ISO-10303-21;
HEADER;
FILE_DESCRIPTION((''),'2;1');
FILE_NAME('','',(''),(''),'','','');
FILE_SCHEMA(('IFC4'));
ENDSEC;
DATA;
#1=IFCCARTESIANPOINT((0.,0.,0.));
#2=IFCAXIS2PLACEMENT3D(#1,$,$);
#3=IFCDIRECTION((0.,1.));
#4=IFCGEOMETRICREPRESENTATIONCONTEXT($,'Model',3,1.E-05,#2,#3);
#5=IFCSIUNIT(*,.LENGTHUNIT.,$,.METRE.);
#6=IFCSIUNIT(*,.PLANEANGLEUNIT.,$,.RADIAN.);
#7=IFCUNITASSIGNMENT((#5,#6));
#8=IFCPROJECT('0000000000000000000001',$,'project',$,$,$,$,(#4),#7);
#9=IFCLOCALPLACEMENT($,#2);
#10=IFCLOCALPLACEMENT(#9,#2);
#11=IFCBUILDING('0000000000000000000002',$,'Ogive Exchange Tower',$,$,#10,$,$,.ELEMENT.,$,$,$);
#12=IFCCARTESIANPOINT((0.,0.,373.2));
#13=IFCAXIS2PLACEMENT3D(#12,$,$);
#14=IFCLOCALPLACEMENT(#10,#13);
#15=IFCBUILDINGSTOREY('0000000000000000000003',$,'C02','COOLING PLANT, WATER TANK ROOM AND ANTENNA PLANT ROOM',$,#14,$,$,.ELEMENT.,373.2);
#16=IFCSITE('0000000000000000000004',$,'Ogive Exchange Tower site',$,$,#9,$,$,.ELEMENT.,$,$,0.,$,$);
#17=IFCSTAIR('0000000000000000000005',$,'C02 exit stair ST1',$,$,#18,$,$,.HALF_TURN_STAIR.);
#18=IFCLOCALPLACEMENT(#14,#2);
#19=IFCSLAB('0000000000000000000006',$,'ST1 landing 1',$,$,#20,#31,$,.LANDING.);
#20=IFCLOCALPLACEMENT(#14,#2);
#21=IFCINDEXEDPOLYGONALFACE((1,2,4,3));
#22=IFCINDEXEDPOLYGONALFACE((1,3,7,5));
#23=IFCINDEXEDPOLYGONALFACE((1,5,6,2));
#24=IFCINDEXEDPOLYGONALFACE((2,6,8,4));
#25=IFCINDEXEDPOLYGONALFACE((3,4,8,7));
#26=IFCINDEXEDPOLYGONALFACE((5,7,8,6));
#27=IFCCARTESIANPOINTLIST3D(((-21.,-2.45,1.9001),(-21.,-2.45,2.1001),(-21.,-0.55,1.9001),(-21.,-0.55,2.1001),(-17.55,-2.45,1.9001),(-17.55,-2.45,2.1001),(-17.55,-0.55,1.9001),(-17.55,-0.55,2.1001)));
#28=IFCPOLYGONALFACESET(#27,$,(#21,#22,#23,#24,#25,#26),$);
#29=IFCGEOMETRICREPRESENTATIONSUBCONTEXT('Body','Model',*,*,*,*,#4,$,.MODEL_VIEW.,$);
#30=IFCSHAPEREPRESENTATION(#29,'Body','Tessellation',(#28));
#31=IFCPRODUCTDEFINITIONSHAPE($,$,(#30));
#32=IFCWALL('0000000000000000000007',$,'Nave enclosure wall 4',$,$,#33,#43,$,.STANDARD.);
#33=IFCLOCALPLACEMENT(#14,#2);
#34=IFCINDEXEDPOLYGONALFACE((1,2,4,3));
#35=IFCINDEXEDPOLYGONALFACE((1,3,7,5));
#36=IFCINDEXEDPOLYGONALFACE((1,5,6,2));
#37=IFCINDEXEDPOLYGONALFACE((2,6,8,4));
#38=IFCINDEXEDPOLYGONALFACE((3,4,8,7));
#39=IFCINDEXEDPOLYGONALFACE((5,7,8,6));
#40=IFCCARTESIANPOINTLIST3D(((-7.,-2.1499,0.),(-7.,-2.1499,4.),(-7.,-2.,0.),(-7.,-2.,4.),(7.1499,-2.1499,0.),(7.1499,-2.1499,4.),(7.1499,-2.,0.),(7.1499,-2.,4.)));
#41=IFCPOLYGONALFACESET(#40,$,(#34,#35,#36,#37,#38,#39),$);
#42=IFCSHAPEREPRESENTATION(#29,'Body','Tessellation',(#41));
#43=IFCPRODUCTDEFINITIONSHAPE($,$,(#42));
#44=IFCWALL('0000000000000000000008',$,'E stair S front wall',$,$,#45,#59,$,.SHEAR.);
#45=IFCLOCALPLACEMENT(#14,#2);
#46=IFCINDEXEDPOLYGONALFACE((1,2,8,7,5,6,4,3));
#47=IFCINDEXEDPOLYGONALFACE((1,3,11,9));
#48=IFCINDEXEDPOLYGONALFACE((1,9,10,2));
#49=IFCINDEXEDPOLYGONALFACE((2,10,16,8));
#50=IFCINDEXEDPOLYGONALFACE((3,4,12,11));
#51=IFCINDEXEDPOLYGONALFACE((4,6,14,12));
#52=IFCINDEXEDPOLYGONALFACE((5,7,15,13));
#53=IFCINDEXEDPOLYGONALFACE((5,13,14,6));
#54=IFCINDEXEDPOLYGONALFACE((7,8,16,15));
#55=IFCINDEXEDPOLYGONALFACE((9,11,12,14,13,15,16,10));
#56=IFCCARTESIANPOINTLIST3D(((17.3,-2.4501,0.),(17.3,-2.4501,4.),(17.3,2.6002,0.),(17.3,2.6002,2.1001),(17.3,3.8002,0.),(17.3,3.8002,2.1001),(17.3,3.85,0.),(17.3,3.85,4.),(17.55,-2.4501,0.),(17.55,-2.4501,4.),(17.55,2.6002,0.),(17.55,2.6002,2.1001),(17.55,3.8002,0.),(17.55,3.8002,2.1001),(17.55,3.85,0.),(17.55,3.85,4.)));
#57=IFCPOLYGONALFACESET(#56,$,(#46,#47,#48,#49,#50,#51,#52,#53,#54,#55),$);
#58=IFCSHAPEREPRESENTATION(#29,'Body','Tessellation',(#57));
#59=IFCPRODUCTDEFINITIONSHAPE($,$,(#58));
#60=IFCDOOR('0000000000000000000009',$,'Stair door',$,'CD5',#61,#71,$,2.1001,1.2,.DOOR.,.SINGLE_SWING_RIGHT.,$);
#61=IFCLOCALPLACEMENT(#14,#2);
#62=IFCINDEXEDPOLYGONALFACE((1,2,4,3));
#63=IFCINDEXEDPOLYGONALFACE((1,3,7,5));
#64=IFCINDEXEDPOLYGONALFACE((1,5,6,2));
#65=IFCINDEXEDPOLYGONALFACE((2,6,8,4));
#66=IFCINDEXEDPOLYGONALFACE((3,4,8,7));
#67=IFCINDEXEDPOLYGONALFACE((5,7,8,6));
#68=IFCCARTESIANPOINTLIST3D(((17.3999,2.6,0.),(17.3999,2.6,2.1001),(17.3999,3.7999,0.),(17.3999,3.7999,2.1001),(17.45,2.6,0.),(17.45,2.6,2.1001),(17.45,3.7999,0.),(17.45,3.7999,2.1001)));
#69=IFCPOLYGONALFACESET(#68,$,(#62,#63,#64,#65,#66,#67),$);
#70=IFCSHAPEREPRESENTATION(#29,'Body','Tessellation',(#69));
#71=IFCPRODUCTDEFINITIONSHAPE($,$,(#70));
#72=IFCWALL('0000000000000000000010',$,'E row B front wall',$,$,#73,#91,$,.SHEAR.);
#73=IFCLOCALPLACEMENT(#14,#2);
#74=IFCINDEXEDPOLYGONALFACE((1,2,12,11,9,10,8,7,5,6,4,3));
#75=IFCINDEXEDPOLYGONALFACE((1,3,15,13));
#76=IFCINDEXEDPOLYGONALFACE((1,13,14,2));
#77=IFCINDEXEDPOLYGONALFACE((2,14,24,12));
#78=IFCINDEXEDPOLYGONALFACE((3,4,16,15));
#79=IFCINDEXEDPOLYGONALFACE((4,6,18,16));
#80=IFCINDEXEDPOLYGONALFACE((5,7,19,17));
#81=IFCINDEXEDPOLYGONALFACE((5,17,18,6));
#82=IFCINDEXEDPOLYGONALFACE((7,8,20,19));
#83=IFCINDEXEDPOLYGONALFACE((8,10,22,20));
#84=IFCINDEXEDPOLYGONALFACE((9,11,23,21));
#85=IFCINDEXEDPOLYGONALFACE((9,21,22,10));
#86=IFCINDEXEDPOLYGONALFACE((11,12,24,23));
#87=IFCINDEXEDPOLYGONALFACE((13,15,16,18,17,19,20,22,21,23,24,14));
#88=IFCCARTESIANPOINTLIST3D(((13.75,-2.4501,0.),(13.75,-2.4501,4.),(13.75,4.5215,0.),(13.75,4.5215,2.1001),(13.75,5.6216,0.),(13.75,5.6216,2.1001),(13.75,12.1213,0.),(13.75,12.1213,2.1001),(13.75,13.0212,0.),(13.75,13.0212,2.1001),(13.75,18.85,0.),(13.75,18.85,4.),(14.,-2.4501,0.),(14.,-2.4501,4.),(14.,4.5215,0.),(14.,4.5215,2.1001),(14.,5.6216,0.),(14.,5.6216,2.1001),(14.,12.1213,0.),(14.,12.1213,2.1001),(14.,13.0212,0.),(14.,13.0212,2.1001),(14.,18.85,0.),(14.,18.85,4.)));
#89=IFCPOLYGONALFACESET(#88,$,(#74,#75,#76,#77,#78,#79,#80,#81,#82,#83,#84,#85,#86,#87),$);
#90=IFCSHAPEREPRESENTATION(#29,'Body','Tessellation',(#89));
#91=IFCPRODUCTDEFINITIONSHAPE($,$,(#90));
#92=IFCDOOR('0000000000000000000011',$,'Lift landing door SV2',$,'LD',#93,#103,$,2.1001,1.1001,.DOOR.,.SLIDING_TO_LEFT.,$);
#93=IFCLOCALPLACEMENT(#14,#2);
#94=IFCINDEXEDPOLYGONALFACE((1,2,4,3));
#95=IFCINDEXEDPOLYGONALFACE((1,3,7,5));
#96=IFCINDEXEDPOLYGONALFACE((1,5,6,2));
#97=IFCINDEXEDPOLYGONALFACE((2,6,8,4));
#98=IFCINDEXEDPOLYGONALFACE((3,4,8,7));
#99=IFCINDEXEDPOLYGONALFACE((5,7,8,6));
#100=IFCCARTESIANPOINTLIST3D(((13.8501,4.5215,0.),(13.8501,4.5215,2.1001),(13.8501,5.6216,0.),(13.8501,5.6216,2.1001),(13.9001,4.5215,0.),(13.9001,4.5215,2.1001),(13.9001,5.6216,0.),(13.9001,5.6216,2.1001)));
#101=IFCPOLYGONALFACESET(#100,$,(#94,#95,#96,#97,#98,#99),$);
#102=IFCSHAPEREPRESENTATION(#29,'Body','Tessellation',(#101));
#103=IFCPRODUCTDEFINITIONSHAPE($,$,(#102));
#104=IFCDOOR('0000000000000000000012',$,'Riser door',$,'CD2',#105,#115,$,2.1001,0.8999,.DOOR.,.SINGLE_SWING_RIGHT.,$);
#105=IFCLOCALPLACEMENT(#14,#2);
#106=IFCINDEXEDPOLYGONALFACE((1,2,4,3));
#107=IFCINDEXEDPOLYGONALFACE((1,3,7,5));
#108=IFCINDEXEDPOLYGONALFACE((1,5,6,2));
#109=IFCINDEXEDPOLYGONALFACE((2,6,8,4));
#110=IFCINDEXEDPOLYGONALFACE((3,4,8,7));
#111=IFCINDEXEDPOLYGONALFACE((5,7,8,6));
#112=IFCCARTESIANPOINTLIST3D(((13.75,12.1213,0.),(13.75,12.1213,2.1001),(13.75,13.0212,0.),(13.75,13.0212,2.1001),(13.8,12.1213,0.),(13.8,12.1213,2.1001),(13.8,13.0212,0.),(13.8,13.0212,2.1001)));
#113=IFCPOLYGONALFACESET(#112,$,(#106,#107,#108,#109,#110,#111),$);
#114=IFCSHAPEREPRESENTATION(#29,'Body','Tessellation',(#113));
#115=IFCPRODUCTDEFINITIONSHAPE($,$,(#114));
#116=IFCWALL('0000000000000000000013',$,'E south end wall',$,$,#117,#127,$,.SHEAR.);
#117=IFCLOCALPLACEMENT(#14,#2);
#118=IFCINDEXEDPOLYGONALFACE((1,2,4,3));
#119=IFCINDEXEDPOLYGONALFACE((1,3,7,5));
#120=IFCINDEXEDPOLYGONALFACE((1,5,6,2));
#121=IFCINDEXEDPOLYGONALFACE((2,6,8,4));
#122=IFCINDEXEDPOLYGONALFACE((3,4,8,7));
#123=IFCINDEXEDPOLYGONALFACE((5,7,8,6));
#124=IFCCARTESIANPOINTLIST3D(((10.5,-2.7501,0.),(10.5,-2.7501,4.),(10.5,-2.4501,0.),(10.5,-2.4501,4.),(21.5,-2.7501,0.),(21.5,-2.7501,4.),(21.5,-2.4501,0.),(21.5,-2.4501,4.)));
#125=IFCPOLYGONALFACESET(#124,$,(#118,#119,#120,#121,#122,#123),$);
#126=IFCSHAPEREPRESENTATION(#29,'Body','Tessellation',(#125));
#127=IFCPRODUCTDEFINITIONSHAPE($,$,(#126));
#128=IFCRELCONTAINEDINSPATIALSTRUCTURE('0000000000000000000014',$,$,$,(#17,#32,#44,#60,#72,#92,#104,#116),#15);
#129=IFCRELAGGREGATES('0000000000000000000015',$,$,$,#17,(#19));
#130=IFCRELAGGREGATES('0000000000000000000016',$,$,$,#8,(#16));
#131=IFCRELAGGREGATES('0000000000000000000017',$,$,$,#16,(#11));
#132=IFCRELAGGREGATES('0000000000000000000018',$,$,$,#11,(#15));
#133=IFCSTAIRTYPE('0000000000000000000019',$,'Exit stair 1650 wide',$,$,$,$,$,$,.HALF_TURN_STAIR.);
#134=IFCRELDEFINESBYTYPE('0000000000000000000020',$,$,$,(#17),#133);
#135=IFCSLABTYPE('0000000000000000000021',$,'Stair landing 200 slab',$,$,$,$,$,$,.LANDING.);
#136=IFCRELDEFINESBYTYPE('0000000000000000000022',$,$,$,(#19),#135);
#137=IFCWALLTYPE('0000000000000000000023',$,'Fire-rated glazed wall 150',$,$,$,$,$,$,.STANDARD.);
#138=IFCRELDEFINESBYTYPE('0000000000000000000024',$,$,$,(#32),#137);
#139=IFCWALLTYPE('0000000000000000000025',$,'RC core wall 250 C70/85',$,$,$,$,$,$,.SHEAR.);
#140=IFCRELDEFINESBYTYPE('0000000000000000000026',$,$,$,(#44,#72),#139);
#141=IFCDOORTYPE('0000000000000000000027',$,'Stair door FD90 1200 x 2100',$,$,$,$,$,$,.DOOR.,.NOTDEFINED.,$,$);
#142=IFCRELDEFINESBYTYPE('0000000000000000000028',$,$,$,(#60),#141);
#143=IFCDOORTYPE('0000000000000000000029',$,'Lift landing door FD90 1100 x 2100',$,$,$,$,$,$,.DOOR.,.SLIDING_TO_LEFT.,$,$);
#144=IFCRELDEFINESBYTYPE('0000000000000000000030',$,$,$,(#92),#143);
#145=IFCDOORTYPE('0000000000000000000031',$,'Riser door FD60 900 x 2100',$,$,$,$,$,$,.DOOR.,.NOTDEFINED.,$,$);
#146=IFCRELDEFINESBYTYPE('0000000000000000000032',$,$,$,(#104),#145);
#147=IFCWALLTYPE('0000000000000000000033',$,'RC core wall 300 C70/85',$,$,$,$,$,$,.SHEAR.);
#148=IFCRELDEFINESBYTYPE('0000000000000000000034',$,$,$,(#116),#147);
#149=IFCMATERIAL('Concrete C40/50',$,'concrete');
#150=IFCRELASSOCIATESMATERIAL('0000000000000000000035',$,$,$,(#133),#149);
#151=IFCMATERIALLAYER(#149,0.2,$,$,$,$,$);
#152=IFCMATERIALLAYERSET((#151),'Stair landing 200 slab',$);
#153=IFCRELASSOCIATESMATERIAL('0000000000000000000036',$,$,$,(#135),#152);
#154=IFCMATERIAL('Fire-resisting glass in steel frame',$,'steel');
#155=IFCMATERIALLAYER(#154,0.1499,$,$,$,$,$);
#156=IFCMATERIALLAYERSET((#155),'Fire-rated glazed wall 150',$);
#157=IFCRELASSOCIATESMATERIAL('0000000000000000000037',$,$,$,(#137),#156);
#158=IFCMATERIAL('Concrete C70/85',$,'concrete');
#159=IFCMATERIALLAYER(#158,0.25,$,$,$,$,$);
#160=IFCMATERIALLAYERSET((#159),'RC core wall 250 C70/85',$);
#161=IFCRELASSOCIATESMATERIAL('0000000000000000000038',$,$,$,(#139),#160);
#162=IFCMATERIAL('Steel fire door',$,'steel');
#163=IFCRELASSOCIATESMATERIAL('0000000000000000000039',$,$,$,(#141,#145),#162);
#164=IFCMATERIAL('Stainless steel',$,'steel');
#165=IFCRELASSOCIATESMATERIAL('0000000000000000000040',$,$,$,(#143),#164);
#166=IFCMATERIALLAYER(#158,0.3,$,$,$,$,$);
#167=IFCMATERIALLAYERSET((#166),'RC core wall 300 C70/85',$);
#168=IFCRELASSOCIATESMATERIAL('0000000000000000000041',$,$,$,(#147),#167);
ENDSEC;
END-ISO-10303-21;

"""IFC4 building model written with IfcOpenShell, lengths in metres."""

from ifc_helpers import new_model, si_unit, direction, frame, frame_2d, origin, place, context, subcontext, project, spatial, polyline, rectangle, outline, extrude, material, layer, layer_set, type_object, element, fill, aggregate, save


model = new_model("IFC4")

# Units and contexts
model_context = context("Model", 3, precision=1e-05, world=origin(), true_north=direction((0.0, 1.0)))
body_context = subcontext(model_context, "Body", "Model", "MODEL_VIEW")
ifc_project = project(units=[si_unit("LENGTHUNIT", "METRE"), si_unit("PLANEANGLEUNIT", "RADIAN")], contexts=[model_context])

# Site, building, storey
site_placement = place(None, origin())
site = spatial("IfcSite", under=ifc_project, at=site_placement, Name="Ogive Exchange Tower site", CompositionType="ELEMENT", RefElevation=0.0)
building_placement = place(site_placement, origin())
building = spatial("IfcBuilding", under=site, at=building_placement, Name="Ogive Exchange Tower", CompositionType="ELEMENT")
storey_placement = place(building_placement, frame((0.0, 0.0, 373.2)))
storey = spatial("IfcBuildingStorey", under=building, at=storey_placement, Name="C02", Description="COOLING PLANT, WATER TANK ROOM AND ANTENNA PLANT ROOM", CompositionType="ELEMENT", Elevation=373.2)

# Shared definitions
ifc_material_1 = material(Name="Concrete C70/85", Category="concrete")

# Stair, slab
ifc_material_2 = material(Name="Concrete C40/50", Category="concrete")
stair_type = type_object("IfcStairType", Name="Exit stair 1650 wide", PredefinedType="HALF_TURN_STAIR", material=ifc_material_2)
stair_placement = place(storey_placement, origin())
stair = element("IfcStair", 1, at=stair_placement, inside=storey, type_object=stair_type, Name="C02 exit stair ST1", PredefinedType="HALF_TURN_STAIR")
ifc_layer_1 = layer(ifc_material_2, 0.2)
ifc_layer_set_1 = layer_set([ifc_layer_1], Name="Stair landing 200 slab")
slab_type_1 = type_object("IfcSlabType", Name="Stair landing 200 slab", PredefinedType="LANDING", material=ifc_layer_set_1)
slab_1_placement = place(storey_placement, frame((0.0, 0.0, 1.9001)))
slab_1 = element("IfcSlab", 2, at=slab_1_placement, type_object=slab_type_1, Name="ST1 landing 1", PredefinedType="LANDING", context=body_context, shape_type="SweptSolid", body=[
    extrude(outline(polyline([(-21.0, -0.55), (-21.0, -2.45), (-17.55, -2.45), (-17.55, -0.55), (-21.0, -0.55)])), origin(), (0.0, 0.0, 1.0), 0.2),
])
aggregate(stair, [slab_1])

# Wall
ifc_material_3 = material(Name="Fire-resisting glass in steel frame", Category="steel")
ifc_layer_2 = layer(ifc_material_3, 0.1499)
ifc_layer_set_2 = layer_set([ifc_layer_2], Name="Fire-rated glazed wall 150")
wall_type_1 = type_object("IfcWallType", Name="Fire-rated glazed wall 150", PredefinedType="STANDARD", material=ifc_layer_set_2)
wall_1_placement = place(storey_placement, frame((7.1499, -2.075, 0.0), z_axis=(0.0, 0.0, 1.0), x_axis=(-1.0, 0.0, 0.0)))
element("IfcWall", 3, at=wall_1_placement, inside=storey, type_object=wall_type_1, Name="Nave enclosure wall 4", PredefinedType="STANDARD", context=body_context, shape_type="SweptSolid", body=[
    extrude(rectangle(XDim=14.1499, YDim=0.1499, at=frame_2d((7.075, 0.0))), origin(), (0.0, 0.0, 1.0), 4.0),
])

# Wall, opening, door
ifc_layer_3 = layer(ifc_material_1, 0.25)
ifc_layer_set_3 = layer_set([ifc_layer_3], Name="RC core wall 250 C70/85")
wall_type_2 = type_object("IfcWallType", Name="RC core wall 250 C70/85", PredefinedType="SHEAR", material=ifc_layer_set_3)
wall_2_placement = place(storey_placement, frame((17.425, -2.45, 0.0), z_axis=(0.0, 0.0, 1.0), x_axis=(0.0, 1.0, 0.0)))
wall_2 = element("IfcWall", 4, at=wall_2_placement, inside=storey, type_object=wall_type_2, Name="E stair S front wall", PredefinedType="SHEAR", context=body_context, shape_type="SweptSolid", body=[
    extrude(rectangle(XDim=6.3, YDim=0.25, at=frame_2d((3.1499, 0.0))), origin(), (0.0, 0.0, 1.0), 4.0),
])
opening_1_placement = place(wall_2_placement, frame((5.05, 0.0, 0.0)))
opening_1 = element("IfcOpeningElement", 5, at=opening_1_placement, cuts=wall_2, PredefinedType="OPENING", context=body_context, shape_type="SweptSolid", body=[
    extrude(rectangle(XDim=1.2, YDim=2.1001, at=frame_2d((0.6001, 1.05))), frame((0.0, 0.135, 0.0), z_axis=(0.0, -1.0, 0.0), x_axis=(1.0, 0.0, 0.0)), (0.0, 0.0, 1.0), 0.27),
])
ifc_material_4 = material(Name="Steel fire door", Category="steel")
door_type_1 = type_object("IfcDoorType", Name="Stair door FD90 1200 x 2100", OperationType="NOTDEFINED", PredefinedType="DOOR", material=ifc_material_4)
door_1_placement = place(opening_1_placement, frame((1.2, 0.0, 0.0), z_axis=(0.0, 0.0, 1.0), x_axis=(-1.0, 0.0, 0.0)))
door_1 = element("IfcDoor", 6, at=door_1_placement, inside=storey, type_object=door_type_1, Name="Stair door", ObjectType="CD5", OperationType="SINGLE_SWING_RIGHT", OverallHeight=2.1001, OverallWidth=1.2, PredefinedType="DOOR", context=body_context, shape_type="SweptSolid", body=[
    extrude(rectangle(XDim=1.2, YDim=2.1001, at=frame_2d((0.6001, 1.05))), frame((0.0, 0.0249, 0.0), z_axis=(0.0, -1.0, 0.0), x_axis=(1.0, 0.0, 0.0)), (0.0, 0.0, 1.0), 0.05),
])
fill(opening_1, door_1)

# Wall, openings, doors
wall_3_placement = place(storey_placement, frame((13.875, -2.45, 0.0), z_axis=(0.0, 0.0, 1.0), x_axis=(0.0, 1.0, 0.0)))
wall_3 = element("IfcWall", 7, at=wall_3_placement, inside=storey, type_object=wall_type_2, Name="E row B front wall", PredefinedType="SHEAR", context=body_context, shape_type="SweptSolid", body=[
    extrude(rectangle(XDim=21.3, YDim=0.25, at=frame_2d((10.6499, 0.0))), origin(), (0.0, 0.0, 1.0), 4.0),
])
opening_2_placement = place(wall_3_placement, frame((14.5713, 0.0, 0.0)))
opening_2 = element("IfcOpeningElement", 8, at=opening_2_placement, cuts=wall_3, PredefinedType="OPENING", context=body_context, shape_type="SweptSolid", body=[
    extrude(rectangle(XDim=0.8999, YDim=2.1001, at=frame_2d((0.45, 1.05))), frame((0.0, 0.135, 0.0), z_axis=(0.0, -1.0, 0.0), x_axis=(1.0, 0.0, 0.0)), (0.0, 0.0, 1.0), 0.27),
])
opening_3_placement = place(wall_3_placement, frame((6.9714, 0.0, 0.0)))
opening_3 = element("IfcOpeningElement", 9, at=opening_3_placement, cuts=wall_3, PredefinedType="OPENING", context=body_context, shape_type="SweptSolid", body=[
    extrude(rectangle(XDim=1.1001, YDim=2.1001, at=frame_2d((0.55, 1.05))), frame((0.0, 0.135, 0.0), z_axis=(0.0, -1.0, 0.0), x_axis=(1.0, 0.0, 0.0)), (0.0, 0.0, 1.0), 0.27),
])
ifc_material_5 = material(Name="Stainless steel", Category="steel")
door_type_2 = type_object("IfcDoorType", Name="Lift landing door FD90 1100 x 2100", OperationType="SLIDING_TO_LEFT", PredefinedType="DOOR", material=ifc_material_5)
door_2_placement = place(opening_3_placement, origin())
door_2 = element("IfcDoor", 10, at=door_2_placement, inside=storey, type_object=door_type_2, Name="Lift landing door SV2", ObjectType="LD", OperationType="SLIDING_TO_LEFT", OverallHeight=2.1001, OverallWidth=1.1001, PredefinedType="DOOR", context=body_context, shape_type="SweptSolid", body=[
    extrude(rectangle(XDim=1.1001, YDim=2.1001, at=frame_2d((0.55, 1.05))), frame((0.0, 0.0249, 0.0), z_axis=(0.0, -1.0, 0.0), x_axis=(1.0, 0.0, 0.0)), (0.0, 0.0, 1.0), 0.05),
])
fill(opening_3, door_2)
door_type_3 = type_object("IfcDoorType", Name="Riser door FD60 900 x 2100", OperationType="NOTDEFINED", PredefinedType="DOOR", material=ifc_material_4)
door_3_placement = place(opening_2_placement, origin())
door_3 = element("IfcDoor", 11, at=door_3_placement, inside=storey, type_object=door_type_3, Name="Riser door", ObjectType="CD2", OperationType="SINGLE_SWING_RIGHT", OverallHeight=2.1001, OverallWidth=0.8999, PredefinedType="DOOR", context=body_context, shape_type="SweptSolid", body=[
    extrude(rectangle(XDim=0.8999, YDim=2.1001, at=frame_2d((0.45, 1.05))), frame((0.0, 0.125, 0.0), z_axis=(0.0, -1.0, 0.0), x_axis=(1.0, 0.0, 0.0)), (0.0, 0.0, 1.0), 0.05),
])
fill(opening_2, door_3)

# Wall
ifc_layer_4 = layer(ifc_material_1, 0.3)
ifc_layer_set_4 = layer_set([ifc_layer_4], Name="RC core wall 300 C70/85")
wall_type_3 = type_object("IfcWallType", Name="RC core wall 300 C70/85", PredefinedType="SHEAR", material=ifc_layer_set_4)
wall_4_placement = place(storey_placement, frame((10.5, -2.6001, 0.0), z_axis=(0.0, 0.0, 1.0), x_axis=(1.0, 0.0, 0.0)))
element("IfcWall", 12, at=wall_4_placement, inside=storey, type_object=wall_type_3, Name="E south end wall", PredefinedType="SHEAR", context=body_context, shape_type="SweptSolid", body=[
    extrude(rectangle(XDim=11.0, YDim=0.3, at=frame_2d((5.5, 0.0))), origin(), (0.0, 0.0, 1.0), 4.0),
])

save(model, "model.ifc")
